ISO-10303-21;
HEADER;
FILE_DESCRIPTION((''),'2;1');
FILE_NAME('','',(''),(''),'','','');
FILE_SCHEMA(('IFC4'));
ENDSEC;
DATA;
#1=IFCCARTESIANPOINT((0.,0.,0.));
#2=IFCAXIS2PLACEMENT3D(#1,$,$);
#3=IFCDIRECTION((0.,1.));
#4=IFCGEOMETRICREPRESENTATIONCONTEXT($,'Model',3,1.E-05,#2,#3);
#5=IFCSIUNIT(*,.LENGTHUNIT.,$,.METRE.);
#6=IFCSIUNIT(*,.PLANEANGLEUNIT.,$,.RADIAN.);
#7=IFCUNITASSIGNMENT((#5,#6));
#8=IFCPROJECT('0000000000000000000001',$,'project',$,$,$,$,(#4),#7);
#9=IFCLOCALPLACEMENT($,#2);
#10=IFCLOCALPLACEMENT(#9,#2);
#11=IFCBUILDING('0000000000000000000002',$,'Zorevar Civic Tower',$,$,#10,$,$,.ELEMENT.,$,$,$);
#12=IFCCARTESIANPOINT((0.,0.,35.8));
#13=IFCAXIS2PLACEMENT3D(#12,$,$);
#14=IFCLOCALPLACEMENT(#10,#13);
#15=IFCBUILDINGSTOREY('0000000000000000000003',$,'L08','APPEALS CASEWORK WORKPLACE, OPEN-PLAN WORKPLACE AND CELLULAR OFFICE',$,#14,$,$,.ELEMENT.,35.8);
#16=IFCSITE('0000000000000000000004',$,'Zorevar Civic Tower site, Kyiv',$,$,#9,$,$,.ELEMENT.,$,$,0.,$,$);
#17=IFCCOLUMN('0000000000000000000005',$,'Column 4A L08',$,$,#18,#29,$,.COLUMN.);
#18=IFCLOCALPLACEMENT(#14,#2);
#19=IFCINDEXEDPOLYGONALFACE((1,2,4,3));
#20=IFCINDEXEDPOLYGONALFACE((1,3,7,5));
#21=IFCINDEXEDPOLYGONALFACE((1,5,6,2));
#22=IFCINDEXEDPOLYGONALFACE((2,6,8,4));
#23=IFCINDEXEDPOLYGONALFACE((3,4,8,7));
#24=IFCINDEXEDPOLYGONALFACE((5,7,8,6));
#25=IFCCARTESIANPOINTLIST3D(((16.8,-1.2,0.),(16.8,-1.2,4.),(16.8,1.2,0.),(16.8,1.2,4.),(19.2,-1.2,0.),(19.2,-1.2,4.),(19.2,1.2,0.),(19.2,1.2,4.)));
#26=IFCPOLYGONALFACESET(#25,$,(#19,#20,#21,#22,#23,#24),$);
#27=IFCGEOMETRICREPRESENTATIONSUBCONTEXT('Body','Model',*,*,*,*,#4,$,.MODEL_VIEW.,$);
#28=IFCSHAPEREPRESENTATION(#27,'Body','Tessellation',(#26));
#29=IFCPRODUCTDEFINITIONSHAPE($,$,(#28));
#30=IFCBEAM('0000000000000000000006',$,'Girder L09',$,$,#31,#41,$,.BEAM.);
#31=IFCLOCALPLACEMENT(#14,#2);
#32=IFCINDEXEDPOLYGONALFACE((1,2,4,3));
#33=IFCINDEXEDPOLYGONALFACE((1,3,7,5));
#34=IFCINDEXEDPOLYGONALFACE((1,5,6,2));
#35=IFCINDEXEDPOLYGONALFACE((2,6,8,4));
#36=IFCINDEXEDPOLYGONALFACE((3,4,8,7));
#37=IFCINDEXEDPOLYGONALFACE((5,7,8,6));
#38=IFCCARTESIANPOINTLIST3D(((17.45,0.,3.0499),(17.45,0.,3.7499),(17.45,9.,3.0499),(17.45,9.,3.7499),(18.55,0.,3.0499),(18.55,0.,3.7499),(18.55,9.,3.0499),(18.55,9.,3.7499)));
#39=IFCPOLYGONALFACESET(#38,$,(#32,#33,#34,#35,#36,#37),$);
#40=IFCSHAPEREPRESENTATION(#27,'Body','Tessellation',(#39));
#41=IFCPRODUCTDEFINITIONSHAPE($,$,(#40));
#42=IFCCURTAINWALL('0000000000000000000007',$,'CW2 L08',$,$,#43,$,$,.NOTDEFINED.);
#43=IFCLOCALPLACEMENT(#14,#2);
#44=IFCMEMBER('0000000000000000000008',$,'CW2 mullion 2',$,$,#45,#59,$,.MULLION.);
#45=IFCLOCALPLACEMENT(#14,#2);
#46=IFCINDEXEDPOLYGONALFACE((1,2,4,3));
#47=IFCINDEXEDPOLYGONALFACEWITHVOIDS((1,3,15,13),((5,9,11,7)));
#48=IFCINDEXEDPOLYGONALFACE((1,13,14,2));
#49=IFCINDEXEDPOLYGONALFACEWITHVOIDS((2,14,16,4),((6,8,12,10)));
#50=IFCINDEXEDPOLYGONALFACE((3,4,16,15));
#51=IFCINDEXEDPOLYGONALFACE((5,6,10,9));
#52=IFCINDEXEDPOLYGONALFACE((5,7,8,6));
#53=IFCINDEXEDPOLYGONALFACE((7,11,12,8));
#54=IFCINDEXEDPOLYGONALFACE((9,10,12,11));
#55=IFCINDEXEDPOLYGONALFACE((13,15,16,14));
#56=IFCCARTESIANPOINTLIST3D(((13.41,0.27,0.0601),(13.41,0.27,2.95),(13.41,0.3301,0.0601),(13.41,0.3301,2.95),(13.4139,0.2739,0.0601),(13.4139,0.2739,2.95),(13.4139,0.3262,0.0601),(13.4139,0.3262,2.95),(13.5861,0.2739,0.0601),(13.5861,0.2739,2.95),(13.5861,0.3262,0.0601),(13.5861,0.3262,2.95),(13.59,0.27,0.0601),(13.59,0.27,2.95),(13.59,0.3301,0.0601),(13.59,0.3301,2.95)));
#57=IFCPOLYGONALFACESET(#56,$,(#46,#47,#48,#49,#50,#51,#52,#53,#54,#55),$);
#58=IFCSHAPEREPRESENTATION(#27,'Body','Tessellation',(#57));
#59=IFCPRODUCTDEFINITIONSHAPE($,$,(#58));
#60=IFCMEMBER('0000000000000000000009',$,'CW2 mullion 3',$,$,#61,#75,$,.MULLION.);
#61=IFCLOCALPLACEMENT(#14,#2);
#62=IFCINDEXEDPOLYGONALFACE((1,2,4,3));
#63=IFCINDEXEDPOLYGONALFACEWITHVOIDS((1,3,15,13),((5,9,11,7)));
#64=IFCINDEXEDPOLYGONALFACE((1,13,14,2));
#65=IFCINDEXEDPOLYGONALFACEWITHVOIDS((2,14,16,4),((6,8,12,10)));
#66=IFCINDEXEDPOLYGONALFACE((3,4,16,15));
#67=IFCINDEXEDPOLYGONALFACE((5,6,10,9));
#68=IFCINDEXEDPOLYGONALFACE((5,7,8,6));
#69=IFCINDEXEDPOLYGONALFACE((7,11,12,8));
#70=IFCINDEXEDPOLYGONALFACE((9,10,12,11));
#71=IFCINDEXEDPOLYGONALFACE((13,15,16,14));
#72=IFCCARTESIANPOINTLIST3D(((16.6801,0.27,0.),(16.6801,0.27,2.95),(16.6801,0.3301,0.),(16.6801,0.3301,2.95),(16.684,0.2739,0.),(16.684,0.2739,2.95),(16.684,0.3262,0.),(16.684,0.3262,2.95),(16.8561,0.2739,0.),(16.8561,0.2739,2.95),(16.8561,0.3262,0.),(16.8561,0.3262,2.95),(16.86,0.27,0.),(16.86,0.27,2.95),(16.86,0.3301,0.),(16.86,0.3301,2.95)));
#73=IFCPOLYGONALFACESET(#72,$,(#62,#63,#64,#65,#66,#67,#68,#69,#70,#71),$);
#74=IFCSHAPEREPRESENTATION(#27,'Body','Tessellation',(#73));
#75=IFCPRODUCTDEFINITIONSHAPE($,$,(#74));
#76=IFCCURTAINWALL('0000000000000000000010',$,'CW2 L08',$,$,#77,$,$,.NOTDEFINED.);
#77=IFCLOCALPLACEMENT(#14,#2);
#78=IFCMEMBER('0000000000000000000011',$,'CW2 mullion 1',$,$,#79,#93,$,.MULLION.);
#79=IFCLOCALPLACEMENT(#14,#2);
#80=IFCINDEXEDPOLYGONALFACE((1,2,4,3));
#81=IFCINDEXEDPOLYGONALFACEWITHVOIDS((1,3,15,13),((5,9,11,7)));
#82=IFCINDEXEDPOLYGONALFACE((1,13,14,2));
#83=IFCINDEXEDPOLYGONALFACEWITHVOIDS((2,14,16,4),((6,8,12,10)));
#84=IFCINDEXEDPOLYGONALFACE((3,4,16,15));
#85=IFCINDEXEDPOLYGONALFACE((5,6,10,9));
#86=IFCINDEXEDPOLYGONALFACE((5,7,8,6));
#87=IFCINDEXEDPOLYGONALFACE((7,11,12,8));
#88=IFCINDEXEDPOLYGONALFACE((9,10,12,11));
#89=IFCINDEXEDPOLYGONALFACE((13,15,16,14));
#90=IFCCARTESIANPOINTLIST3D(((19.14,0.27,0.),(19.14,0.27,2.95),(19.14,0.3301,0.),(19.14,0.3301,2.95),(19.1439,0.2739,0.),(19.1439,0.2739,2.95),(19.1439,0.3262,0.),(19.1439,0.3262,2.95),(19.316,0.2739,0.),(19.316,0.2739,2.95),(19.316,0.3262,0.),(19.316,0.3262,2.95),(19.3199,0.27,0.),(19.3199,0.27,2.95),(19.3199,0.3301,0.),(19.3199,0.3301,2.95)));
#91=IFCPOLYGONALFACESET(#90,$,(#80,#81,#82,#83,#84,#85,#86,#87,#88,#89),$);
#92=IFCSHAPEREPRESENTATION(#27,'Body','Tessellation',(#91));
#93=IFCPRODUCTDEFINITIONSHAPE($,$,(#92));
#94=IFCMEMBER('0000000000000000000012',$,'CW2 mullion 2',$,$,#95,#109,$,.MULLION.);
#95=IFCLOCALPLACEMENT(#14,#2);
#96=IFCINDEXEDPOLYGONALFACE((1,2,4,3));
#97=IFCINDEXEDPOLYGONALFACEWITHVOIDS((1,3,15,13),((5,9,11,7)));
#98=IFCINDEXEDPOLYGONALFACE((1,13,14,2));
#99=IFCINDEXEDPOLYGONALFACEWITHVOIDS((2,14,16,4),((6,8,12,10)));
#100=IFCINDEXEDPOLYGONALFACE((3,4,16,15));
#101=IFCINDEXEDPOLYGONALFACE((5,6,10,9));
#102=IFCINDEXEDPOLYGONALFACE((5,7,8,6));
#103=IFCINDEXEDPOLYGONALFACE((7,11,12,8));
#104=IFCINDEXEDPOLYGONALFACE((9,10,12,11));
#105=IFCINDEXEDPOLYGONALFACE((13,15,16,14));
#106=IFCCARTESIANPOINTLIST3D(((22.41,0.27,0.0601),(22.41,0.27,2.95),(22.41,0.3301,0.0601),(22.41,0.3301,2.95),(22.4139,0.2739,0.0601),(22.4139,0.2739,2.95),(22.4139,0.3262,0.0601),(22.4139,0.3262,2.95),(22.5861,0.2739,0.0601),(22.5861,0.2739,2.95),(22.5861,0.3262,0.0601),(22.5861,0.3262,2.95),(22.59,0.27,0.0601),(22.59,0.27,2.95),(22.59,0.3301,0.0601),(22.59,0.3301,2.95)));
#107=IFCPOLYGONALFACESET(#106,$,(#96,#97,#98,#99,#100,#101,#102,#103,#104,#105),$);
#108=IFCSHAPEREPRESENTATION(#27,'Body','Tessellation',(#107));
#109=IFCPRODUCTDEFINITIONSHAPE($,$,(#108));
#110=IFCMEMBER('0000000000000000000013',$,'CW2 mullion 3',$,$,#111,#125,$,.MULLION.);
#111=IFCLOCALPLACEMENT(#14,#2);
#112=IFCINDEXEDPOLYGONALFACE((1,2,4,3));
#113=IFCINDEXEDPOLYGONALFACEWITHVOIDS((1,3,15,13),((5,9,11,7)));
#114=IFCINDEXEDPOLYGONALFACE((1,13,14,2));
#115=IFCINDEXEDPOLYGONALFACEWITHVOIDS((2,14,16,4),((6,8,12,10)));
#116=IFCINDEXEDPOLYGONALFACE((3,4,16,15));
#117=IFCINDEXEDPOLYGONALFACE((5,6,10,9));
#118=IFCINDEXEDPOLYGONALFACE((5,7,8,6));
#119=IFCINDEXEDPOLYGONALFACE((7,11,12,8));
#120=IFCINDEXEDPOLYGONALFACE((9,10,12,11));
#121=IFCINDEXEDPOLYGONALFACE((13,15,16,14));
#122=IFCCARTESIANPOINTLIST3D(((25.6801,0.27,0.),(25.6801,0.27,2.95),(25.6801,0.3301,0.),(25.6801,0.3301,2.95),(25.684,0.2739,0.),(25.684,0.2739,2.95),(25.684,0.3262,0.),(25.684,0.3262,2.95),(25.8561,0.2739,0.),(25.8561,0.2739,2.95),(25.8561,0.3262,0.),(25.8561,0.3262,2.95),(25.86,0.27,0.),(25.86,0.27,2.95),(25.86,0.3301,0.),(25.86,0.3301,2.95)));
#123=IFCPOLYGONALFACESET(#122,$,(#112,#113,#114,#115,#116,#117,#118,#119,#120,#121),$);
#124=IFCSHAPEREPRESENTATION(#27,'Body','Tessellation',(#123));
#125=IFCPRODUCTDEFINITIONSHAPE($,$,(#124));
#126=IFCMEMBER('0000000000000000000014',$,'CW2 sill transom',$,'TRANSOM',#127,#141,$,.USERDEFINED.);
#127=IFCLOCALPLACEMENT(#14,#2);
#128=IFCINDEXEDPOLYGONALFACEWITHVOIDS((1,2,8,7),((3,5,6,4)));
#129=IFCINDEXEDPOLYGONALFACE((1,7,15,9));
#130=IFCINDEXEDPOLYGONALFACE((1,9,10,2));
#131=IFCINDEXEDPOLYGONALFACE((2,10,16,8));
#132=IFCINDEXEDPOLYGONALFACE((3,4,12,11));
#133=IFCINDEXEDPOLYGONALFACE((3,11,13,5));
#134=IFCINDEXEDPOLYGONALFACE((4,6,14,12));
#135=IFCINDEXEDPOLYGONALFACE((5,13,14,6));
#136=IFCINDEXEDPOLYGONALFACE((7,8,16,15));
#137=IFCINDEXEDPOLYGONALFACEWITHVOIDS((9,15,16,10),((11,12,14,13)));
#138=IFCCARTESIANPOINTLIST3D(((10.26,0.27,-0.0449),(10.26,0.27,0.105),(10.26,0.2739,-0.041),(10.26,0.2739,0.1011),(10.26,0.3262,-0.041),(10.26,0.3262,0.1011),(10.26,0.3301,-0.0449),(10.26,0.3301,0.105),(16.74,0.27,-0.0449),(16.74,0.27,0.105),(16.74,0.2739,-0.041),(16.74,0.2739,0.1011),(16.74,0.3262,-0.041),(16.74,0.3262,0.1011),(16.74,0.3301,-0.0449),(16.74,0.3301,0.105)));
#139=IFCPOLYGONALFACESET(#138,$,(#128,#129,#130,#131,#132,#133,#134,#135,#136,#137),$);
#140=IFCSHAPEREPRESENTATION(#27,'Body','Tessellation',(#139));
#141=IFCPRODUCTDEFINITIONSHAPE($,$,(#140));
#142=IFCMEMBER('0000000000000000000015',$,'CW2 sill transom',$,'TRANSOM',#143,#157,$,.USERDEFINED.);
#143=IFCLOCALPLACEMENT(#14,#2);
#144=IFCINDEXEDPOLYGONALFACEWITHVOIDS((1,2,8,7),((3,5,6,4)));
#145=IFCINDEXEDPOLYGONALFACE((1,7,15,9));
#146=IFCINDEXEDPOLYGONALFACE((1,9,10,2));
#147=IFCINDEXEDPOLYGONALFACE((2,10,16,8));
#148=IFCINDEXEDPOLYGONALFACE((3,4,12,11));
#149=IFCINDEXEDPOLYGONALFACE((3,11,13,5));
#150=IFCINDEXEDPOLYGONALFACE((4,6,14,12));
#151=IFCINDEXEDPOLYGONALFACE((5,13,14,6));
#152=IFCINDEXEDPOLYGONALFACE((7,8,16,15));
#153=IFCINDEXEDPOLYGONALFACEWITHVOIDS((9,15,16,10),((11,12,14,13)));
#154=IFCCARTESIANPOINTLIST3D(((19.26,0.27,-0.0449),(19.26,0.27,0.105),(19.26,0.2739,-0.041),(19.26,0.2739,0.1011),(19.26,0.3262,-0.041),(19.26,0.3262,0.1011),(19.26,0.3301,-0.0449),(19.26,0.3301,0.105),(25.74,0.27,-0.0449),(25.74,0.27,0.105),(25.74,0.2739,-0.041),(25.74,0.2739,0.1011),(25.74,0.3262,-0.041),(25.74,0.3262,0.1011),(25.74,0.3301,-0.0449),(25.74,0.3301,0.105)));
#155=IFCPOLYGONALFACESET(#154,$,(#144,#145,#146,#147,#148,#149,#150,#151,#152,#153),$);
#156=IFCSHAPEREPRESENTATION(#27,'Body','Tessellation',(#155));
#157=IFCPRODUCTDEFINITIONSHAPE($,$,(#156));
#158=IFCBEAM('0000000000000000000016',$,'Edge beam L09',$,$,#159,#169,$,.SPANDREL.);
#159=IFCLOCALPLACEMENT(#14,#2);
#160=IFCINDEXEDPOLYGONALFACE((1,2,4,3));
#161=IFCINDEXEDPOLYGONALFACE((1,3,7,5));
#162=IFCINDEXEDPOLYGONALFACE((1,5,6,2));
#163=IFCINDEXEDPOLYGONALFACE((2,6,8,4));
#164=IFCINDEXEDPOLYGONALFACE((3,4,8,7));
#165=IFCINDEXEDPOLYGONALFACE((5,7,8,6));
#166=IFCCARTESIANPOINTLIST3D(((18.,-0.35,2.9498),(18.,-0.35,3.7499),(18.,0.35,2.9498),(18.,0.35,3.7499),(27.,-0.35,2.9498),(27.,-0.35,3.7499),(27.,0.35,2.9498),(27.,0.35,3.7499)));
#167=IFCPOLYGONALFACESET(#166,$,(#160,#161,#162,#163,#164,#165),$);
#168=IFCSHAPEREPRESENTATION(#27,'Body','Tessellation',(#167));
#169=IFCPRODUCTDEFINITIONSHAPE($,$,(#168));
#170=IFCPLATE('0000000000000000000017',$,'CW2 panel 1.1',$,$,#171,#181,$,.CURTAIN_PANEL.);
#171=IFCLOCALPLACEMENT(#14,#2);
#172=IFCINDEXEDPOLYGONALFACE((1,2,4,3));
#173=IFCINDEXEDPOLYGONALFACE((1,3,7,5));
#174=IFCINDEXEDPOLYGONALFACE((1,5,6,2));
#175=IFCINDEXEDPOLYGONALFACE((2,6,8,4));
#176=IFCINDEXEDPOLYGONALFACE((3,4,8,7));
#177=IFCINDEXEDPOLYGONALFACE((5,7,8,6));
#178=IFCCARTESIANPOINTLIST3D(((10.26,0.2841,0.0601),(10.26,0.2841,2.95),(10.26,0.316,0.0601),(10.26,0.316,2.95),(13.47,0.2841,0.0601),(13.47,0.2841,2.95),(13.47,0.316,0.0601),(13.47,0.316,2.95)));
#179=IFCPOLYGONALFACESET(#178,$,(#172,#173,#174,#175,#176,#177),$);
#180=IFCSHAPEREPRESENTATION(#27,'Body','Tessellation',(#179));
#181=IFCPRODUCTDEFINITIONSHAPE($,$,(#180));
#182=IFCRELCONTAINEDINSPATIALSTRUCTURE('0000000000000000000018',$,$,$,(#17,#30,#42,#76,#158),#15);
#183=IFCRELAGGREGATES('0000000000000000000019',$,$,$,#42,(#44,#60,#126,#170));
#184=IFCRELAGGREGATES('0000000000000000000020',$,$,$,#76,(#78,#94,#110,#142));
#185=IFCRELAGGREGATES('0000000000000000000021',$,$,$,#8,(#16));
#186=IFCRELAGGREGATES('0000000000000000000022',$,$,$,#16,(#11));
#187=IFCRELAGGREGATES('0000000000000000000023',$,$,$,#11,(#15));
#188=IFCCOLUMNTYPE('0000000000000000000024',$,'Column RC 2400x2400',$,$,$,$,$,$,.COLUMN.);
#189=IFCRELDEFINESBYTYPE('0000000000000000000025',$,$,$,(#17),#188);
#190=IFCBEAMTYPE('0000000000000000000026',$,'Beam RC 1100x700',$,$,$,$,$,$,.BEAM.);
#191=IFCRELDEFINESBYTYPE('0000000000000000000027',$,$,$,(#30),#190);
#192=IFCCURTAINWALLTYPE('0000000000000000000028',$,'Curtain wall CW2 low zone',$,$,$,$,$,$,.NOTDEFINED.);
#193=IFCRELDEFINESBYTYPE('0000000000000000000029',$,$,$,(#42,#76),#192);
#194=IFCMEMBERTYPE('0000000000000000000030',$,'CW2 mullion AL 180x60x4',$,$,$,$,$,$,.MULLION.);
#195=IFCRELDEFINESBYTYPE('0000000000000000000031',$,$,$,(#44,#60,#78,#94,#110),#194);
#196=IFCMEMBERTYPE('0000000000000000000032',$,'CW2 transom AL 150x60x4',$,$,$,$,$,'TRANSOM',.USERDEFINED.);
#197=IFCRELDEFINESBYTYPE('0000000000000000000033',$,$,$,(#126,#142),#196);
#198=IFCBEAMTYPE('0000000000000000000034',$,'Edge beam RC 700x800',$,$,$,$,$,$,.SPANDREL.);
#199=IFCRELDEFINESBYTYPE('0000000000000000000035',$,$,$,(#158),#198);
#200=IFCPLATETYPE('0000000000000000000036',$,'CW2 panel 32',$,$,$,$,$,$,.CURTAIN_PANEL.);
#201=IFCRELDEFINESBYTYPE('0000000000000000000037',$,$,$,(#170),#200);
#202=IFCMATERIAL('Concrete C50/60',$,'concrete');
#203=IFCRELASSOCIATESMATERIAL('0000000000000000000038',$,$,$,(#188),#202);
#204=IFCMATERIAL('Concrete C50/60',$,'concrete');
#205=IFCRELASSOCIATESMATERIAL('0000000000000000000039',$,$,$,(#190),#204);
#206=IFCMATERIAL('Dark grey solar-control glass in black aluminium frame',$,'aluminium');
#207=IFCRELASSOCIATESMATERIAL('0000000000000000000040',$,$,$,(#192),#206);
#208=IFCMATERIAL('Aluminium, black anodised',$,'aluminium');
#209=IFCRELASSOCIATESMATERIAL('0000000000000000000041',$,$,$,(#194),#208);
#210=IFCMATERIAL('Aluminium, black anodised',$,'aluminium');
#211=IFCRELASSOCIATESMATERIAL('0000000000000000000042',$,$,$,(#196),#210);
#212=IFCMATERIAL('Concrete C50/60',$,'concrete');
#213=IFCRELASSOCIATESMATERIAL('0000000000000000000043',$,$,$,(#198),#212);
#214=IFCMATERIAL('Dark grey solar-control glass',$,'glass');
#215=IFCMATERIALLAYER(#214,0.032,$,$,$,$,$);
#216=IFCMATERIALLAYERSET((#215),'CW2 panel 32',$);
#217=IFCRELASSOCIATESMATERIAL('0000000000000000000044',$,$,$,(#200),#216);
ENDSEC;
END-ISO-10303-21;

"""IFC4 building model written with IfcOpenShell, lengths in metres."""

from ifc_helpers import new_model, si_unit, direction, frame, origin, origin_2d, place, context, subcontext, project, spatial, rectangle, hollow_rectangle, extrude, material, layer, layer_set, material_profile, profile_set, type_object, element, aggregate, save


model = new_model("IFC4")

# Units and contexts
model_context = context("Model", 3, precision=1e-05, world=origin(), true_north=direction((0.0, 1.0)))
body_context = subcontext(model_context, "Body", "Model", "MODEL_VIEW")
ifc_project = project(units=[si_unit("LENGTHUNIT", "METRE"), si_unit("PLANEANGLEUNIT", "RADIAN")], contexts=[model_context])

# Site, building, storey
site_placement = place(None, origin())
site = spatial("IfcSite", under=ifc_project, at=site_placement, Name="Zorevar Civic Tower site, Kyiv", CompositionType="ELEMENT", RefElevation=0.0)
building_placement = place(site_placement, origin())
building = spatial("IfcBuilding", under=site, at=building_placement, Name="Zorevar Civic Tower", CompositionType="ELEMENT")
storey_placement = place(building_placement, frame((0.0, 0.0, 35.8)))
storey = spatial("IfcBuildingStorey", under=building, at=storey_placement, Name="L08", Description="APPEALS CASEWORK WORKPLACE, OPEN-PLAN WORKPLACE AND CELLULAR OFFICE", CompositionType="ELEMENT", Elevation=35.8)

# Column
ifc_material_1 = material(Name="Concrete C50/60", Category="concrete")
ifc_material_profile_1 = material_profile(ifc_material_1, rectangle(XDim=2.3999, YDim=2.3999, at=origin_2d()), Name="RC 2400x2400")
ifc_profile_set_1 = profile_set([ifc_material_profile_1], Name="Concrete C50/60")
column_type = type_object("IfcColumnType", Name="Column RC 2400x2400", PredefinedType="COLUMN", material=ifc_profile_set_1)
column_placement = place(storey_placement, frame((18.0, 0.0, 0.0), z_axis=(0.0, 0.0, 1.0), x_axis=(1.0, 0.0, 0.0)))
element("IfcColumn", 1, at=column_placement, inside=storey, type_object=column_type, Name="Column 4A L08", PredefinedType="COLUMN", context=body_context, shape_type="SweptSolid", body=[
    extrude(rectangle(XDim=2.3999, YDim=2.3999, at=origin_2d()), origin(), (0.0, 0.0, 1.0), 4.0),
])

# Beam
ifc_material_2 = material(Name="Concrete C50/60", Category="concrete")
ifc_material_profile_2 = material_profile(ifc_material_2, rectangle(XDim=1.1001, YDim=0.7, at=origin_2d()), Name="RC 1100x700")
ifc_profile_set_2 = profile_set([ifc_material_profile_2], Name="Concrete C50/60")
beam_type_1 = type_object("IfcBeamType", Name="Beam RC 1100x700", PredefinedType="BEAM", material=ifc_profile_set_2)
beam_1_placement = place(storey_placement, frame((18.0, 0.0, 3.3999), z_axis=(0.0, 1.0, 0.0), x_axis=(-1.0, 0.0, 0.0)))
element("IfcBeam", 2, at=beam_1_placement, inside=storey, type_object=beam_type_1, Name="Girder L09", PredefinedType="BEAM", context=body_context, shape_type="SweptSolid", body=[
    extrude(rectangle(XDim=1.1001, YDim=0.7, at=origin_2d()), origin(), (0.0, 0.0, 1.0), 9.0),
])

# Curtain walls, members
ifc_material_3 = material(Name="Dark grey solar-control glass in black aluminium frame", Category="aluminium")
curtain_wall_type = type_object("IfcCurtainWallType", Name="Curtain wall CW2 low zone", PredefinedType="NOTDEFINED", material=ifc_material_3)
curtain_wall_1_placement = place(storey_placement, origin())
curtain_wall_1 = element("IfcCurtainWall", 3, at=curtain_wall_1_placement, inside=storey, type_object=curtain_wall_type, Name="CW2 L08", PredefinedType="NOTDEFINED")
ifc_material_4 = material(Name="Aluminium, black anodised", Category="aluminium")
ifc_material_profile_3 = material_profile(ifc_material_4, hollow_rectangle(XDim=0.0601, YDim=0.1799, WallThickness=0.0039, at=origin_2d()), Name="AL 180x60x4")
ifc_profile_set_3 = profile_set([ifc_material_profile_3], Name="Aluminium, black anodised")
member_type_1 = type_object("IfcMemberType", Name="CW2 mullion AL 180x60x4", PredefinedType="MULLION", material=ifc_profile_set_3)
member_1_placement = place(storey_placement, frame((13.5, 0.3, 0.0601), z_axis=(0.0, 0.0, 1.0), x_axis=(0.0, 1.0, 0.0)))
member_1 = element("IfcMember", 4, at=member_1_placement, type_object=member_type_1, Name="CW2 mullion 2", PredefinedType="MULLION", context=body_context, shape_type="SweptSolid", body=[
    extrude(hollow_rectangle(XDim=0.0601, YDim=0.1799, WallThickness=0.0039, at=origin_2d()), origin(), (0.0, 0.0, 1.0), 2.8899),
])
member_2_placement = place(storey_placement, frame((16.77, 0.3, 0.0), z_axis=(0.0, 0.0, 1.0), x_axis=(0.0, 1.0, 0.0)))
member_2 = element("IfcMember", 5, at=member_2_placement, type_object=member_type_1, Name="CW2 mullion 3", PredefinedType="MULLION", context=body_context, shape_type="SweptSolid", body=[
    extrude(hollow_rectangle(XDim=0.0601, YDim=0.1799, WallThickness=0.0039, at=origin_2d()), origin(), (0.0, 0.0, 1.0), 2.95),
])
curtain_wall_2_placement = place(storey_placement, origin())
curtain_wall_2 = element("IfcCurtainWall", 6, at=curtain_wall_2_placement, inside=storey, type_object=curtain_wall_type, Name="CW2 L08", PredefinedType="NOTDEFINED")
member_3_placement = place(storey_placement, frame((19.23, 0.3, 0.0), z_axis=(0.0, 0.0, 1.0), x_axis=(0.0, 1.0, 0.0)))
member_3 = element("IfcMember", 7, at=member_3_placement, type_object=member_type_1, Name="CW2 mullion 1", PredefinedType="MULLION", context=body_context, shape_type="SweptSolid", body=[
    extrude(hollow_rectangle(XDim=0.0601, YDim=0.1799, WallThickness=0.0039, at=origin_2d()), origin(), (0.0, 0.0, 1.0), 2.95),
])
member_4_placement = place(storey_placement, frame((22.5, 0.3, 0.0601), z_axis=(0.0, 0.0, 1.0), x_axis=(0.0, 1.0, 0.0)))
member_4 = element("IfcMember", 8, at=member_4_placement, type_object=member_type_1, Name="CW2 mullion 2", PredefinedType="MULLION", context=body_context, shape_type="SweptSolid", body=[
    extrude(hollow_rectangle(XDim=0.0601, YDim=0.1799, WallThickness=0.0039, at=origin_2d()), origin(), (0.0, 0.0, 1.0), 2.8899),
])
member_5_placement = place(storey_placement, frame((25.77, 0.3, 0.0), z_axis=(0.0, 0.0, 1.0), x_axis=(0.0, 1.0, 0.0)))
member_5 = element("IfcMember", 9, at=member_5_placement, type_object=member_type_1, Name="CW2 mullion 3", PredefinedType="MULLION", context=body_context, shape_type="SweptSolid", body=[
    extrude(hollow_rectangle(XDim=0.0601, YDim=0.1799, WallThickness=0.0039, at=origin_2d()), origin(), (0.0, 0.0, 1.0), 2.95),
])

# Members
ifc_material_5 = material(Name="Aluminium, black anodised", Category="aluminium")
ifc_material_profile_4 = material_profile(ifc_material_5, hollow_rectangle(XDim=0.0601, YDim=0.1499, WallThickness=0.0039, at=origin_2d()), Name="AL 150x60x4")
ifc_profile_set_4 = profile_set([ifc_material_profile_4], Name="Aluminium, black anodised")
member_type_2 = type_object("IfcMemberType", Name="CW2 transom AL 150x60x4", ElementType="TRANSOM", PredefinedType="USERDEFINED", material=ifc_profile_set_4)
member_6_placement = place(storey_placement, frame((10.26, 0.3, 0.03), z_axis=(1.0, 0.0, 0.0), x_axis=(0.0, 1.0, 0.0)))
member_6 = element("IfcMember", 10, at=member_6_placement, type_object=member_type_2, Name="CW2 sill transom", ObjectType="TRANSOM", PredefinedType="USERDEFINED", context=body_context, shape_type="SweptSolid", body=[
    extrude(hollow_rectangle(XDim=0.0601, YDim=0.1499, WallThickness=0.0039, at=origin_2d()), origin(), (0.0, 0.0, 1.0), 6.48),
])
member_7_placement = place(storey_placement, frame((19.26, 0.3, 0.03), z_axis=(1.0, 0.0, 0.0), x_axis=(0.0, 1.0, 0.0)))
member_7 = element("IfcMember", 11, at=member_7_placement, type_object=member_type_2, Name="CW2 sill transom", ObjectType="TRANSOM", PredefinedType="USERDEFINED", context=body_context, shape_type="SweptSolid", body=[
    extrude(hollow_rectangle(XDim=0.0601, YDim=0.1499, WallThickness=0.0039, at=origin_2d()), origin(), (0.0, 0.0, 1.0), 6.48),
])

# Beam
ifc_material_6 = material(Name="Concrete C50/60", Category="concrete")
ifc_material_profile_5 = material_profile(ifc_material_6, rectangle(XDim=0.7, YDim=0.8, at=origin_2d()), Name="RC 700x800")
ifc_profile_set_5 = profile_set([ifc_material_profile_5], Name="Concrete C50/60")
beam_type_2 = type_object("IfcBeamType", Name="Edge beam RC 700x800", PredefinedType="SPANDREL", material=ifc_profile_set_5)
beam_2_placement = place(storey_placement, frame((18.0, 0.0, 3.3499), z_axis=(1.0, 0.0, 0.0), x_axis=(0.0, 1.0, 0.0)))
element("IfcBeam", 12, at=beam_2_placement, inside=storey, type_object=beam_type_2, Name="Edge beam L09", PredefinedType="SPANDREL", context=body_context, shape_type="SweptSolid", body=[
    extrude(rectangle(XDim=0.7, YDim=0.8, at=origin_2d()), origin(), (0.0, 0.0, 1.0), 9.0),
])

# Plate
ifc_material_7 = material(Name="Dark grey solar-control glass", Category="glass")
ifc_layer_1 = layer(ifc_material_7, 0.032)
ifc_layer_set_1 = layer_set([ifc_layer_1], Name="CW2 panel 32")
plate_type = type_object("IfcPlateType", Name="CW2 panel 32", PredefinedType="CURTAIN_PANEL", material=ifc_layer_set_1)
plate_1_placement = place(storey_placement, frame((11.865, 0.3, 0.0601), z_axis=(0.0, 0.0, 1.0), x_axis=(1.0, 0.0, 0.0)))
plate_1 = element("IfcPlate", 13, at=plate_1_placement, type_object=plate_type, Name="CW2 panel 1.1", PredefinedType="CURTAIN_PANEL", context=body_context, shape_type="SweptSolid", body=[
    extrude(rectangle(XDim=3.21, YDim=0.032, at=origin_2d()), origin(), (0.0, 0.0, 1.0), 2.8899),
])
aggregate(curtain_wall_1, [member_1, member_2, member_6, plate_1])
aggregate(curtain_wall_2, [member_3, member_4, member_5, member_7])

save(model, "model.ifc")
